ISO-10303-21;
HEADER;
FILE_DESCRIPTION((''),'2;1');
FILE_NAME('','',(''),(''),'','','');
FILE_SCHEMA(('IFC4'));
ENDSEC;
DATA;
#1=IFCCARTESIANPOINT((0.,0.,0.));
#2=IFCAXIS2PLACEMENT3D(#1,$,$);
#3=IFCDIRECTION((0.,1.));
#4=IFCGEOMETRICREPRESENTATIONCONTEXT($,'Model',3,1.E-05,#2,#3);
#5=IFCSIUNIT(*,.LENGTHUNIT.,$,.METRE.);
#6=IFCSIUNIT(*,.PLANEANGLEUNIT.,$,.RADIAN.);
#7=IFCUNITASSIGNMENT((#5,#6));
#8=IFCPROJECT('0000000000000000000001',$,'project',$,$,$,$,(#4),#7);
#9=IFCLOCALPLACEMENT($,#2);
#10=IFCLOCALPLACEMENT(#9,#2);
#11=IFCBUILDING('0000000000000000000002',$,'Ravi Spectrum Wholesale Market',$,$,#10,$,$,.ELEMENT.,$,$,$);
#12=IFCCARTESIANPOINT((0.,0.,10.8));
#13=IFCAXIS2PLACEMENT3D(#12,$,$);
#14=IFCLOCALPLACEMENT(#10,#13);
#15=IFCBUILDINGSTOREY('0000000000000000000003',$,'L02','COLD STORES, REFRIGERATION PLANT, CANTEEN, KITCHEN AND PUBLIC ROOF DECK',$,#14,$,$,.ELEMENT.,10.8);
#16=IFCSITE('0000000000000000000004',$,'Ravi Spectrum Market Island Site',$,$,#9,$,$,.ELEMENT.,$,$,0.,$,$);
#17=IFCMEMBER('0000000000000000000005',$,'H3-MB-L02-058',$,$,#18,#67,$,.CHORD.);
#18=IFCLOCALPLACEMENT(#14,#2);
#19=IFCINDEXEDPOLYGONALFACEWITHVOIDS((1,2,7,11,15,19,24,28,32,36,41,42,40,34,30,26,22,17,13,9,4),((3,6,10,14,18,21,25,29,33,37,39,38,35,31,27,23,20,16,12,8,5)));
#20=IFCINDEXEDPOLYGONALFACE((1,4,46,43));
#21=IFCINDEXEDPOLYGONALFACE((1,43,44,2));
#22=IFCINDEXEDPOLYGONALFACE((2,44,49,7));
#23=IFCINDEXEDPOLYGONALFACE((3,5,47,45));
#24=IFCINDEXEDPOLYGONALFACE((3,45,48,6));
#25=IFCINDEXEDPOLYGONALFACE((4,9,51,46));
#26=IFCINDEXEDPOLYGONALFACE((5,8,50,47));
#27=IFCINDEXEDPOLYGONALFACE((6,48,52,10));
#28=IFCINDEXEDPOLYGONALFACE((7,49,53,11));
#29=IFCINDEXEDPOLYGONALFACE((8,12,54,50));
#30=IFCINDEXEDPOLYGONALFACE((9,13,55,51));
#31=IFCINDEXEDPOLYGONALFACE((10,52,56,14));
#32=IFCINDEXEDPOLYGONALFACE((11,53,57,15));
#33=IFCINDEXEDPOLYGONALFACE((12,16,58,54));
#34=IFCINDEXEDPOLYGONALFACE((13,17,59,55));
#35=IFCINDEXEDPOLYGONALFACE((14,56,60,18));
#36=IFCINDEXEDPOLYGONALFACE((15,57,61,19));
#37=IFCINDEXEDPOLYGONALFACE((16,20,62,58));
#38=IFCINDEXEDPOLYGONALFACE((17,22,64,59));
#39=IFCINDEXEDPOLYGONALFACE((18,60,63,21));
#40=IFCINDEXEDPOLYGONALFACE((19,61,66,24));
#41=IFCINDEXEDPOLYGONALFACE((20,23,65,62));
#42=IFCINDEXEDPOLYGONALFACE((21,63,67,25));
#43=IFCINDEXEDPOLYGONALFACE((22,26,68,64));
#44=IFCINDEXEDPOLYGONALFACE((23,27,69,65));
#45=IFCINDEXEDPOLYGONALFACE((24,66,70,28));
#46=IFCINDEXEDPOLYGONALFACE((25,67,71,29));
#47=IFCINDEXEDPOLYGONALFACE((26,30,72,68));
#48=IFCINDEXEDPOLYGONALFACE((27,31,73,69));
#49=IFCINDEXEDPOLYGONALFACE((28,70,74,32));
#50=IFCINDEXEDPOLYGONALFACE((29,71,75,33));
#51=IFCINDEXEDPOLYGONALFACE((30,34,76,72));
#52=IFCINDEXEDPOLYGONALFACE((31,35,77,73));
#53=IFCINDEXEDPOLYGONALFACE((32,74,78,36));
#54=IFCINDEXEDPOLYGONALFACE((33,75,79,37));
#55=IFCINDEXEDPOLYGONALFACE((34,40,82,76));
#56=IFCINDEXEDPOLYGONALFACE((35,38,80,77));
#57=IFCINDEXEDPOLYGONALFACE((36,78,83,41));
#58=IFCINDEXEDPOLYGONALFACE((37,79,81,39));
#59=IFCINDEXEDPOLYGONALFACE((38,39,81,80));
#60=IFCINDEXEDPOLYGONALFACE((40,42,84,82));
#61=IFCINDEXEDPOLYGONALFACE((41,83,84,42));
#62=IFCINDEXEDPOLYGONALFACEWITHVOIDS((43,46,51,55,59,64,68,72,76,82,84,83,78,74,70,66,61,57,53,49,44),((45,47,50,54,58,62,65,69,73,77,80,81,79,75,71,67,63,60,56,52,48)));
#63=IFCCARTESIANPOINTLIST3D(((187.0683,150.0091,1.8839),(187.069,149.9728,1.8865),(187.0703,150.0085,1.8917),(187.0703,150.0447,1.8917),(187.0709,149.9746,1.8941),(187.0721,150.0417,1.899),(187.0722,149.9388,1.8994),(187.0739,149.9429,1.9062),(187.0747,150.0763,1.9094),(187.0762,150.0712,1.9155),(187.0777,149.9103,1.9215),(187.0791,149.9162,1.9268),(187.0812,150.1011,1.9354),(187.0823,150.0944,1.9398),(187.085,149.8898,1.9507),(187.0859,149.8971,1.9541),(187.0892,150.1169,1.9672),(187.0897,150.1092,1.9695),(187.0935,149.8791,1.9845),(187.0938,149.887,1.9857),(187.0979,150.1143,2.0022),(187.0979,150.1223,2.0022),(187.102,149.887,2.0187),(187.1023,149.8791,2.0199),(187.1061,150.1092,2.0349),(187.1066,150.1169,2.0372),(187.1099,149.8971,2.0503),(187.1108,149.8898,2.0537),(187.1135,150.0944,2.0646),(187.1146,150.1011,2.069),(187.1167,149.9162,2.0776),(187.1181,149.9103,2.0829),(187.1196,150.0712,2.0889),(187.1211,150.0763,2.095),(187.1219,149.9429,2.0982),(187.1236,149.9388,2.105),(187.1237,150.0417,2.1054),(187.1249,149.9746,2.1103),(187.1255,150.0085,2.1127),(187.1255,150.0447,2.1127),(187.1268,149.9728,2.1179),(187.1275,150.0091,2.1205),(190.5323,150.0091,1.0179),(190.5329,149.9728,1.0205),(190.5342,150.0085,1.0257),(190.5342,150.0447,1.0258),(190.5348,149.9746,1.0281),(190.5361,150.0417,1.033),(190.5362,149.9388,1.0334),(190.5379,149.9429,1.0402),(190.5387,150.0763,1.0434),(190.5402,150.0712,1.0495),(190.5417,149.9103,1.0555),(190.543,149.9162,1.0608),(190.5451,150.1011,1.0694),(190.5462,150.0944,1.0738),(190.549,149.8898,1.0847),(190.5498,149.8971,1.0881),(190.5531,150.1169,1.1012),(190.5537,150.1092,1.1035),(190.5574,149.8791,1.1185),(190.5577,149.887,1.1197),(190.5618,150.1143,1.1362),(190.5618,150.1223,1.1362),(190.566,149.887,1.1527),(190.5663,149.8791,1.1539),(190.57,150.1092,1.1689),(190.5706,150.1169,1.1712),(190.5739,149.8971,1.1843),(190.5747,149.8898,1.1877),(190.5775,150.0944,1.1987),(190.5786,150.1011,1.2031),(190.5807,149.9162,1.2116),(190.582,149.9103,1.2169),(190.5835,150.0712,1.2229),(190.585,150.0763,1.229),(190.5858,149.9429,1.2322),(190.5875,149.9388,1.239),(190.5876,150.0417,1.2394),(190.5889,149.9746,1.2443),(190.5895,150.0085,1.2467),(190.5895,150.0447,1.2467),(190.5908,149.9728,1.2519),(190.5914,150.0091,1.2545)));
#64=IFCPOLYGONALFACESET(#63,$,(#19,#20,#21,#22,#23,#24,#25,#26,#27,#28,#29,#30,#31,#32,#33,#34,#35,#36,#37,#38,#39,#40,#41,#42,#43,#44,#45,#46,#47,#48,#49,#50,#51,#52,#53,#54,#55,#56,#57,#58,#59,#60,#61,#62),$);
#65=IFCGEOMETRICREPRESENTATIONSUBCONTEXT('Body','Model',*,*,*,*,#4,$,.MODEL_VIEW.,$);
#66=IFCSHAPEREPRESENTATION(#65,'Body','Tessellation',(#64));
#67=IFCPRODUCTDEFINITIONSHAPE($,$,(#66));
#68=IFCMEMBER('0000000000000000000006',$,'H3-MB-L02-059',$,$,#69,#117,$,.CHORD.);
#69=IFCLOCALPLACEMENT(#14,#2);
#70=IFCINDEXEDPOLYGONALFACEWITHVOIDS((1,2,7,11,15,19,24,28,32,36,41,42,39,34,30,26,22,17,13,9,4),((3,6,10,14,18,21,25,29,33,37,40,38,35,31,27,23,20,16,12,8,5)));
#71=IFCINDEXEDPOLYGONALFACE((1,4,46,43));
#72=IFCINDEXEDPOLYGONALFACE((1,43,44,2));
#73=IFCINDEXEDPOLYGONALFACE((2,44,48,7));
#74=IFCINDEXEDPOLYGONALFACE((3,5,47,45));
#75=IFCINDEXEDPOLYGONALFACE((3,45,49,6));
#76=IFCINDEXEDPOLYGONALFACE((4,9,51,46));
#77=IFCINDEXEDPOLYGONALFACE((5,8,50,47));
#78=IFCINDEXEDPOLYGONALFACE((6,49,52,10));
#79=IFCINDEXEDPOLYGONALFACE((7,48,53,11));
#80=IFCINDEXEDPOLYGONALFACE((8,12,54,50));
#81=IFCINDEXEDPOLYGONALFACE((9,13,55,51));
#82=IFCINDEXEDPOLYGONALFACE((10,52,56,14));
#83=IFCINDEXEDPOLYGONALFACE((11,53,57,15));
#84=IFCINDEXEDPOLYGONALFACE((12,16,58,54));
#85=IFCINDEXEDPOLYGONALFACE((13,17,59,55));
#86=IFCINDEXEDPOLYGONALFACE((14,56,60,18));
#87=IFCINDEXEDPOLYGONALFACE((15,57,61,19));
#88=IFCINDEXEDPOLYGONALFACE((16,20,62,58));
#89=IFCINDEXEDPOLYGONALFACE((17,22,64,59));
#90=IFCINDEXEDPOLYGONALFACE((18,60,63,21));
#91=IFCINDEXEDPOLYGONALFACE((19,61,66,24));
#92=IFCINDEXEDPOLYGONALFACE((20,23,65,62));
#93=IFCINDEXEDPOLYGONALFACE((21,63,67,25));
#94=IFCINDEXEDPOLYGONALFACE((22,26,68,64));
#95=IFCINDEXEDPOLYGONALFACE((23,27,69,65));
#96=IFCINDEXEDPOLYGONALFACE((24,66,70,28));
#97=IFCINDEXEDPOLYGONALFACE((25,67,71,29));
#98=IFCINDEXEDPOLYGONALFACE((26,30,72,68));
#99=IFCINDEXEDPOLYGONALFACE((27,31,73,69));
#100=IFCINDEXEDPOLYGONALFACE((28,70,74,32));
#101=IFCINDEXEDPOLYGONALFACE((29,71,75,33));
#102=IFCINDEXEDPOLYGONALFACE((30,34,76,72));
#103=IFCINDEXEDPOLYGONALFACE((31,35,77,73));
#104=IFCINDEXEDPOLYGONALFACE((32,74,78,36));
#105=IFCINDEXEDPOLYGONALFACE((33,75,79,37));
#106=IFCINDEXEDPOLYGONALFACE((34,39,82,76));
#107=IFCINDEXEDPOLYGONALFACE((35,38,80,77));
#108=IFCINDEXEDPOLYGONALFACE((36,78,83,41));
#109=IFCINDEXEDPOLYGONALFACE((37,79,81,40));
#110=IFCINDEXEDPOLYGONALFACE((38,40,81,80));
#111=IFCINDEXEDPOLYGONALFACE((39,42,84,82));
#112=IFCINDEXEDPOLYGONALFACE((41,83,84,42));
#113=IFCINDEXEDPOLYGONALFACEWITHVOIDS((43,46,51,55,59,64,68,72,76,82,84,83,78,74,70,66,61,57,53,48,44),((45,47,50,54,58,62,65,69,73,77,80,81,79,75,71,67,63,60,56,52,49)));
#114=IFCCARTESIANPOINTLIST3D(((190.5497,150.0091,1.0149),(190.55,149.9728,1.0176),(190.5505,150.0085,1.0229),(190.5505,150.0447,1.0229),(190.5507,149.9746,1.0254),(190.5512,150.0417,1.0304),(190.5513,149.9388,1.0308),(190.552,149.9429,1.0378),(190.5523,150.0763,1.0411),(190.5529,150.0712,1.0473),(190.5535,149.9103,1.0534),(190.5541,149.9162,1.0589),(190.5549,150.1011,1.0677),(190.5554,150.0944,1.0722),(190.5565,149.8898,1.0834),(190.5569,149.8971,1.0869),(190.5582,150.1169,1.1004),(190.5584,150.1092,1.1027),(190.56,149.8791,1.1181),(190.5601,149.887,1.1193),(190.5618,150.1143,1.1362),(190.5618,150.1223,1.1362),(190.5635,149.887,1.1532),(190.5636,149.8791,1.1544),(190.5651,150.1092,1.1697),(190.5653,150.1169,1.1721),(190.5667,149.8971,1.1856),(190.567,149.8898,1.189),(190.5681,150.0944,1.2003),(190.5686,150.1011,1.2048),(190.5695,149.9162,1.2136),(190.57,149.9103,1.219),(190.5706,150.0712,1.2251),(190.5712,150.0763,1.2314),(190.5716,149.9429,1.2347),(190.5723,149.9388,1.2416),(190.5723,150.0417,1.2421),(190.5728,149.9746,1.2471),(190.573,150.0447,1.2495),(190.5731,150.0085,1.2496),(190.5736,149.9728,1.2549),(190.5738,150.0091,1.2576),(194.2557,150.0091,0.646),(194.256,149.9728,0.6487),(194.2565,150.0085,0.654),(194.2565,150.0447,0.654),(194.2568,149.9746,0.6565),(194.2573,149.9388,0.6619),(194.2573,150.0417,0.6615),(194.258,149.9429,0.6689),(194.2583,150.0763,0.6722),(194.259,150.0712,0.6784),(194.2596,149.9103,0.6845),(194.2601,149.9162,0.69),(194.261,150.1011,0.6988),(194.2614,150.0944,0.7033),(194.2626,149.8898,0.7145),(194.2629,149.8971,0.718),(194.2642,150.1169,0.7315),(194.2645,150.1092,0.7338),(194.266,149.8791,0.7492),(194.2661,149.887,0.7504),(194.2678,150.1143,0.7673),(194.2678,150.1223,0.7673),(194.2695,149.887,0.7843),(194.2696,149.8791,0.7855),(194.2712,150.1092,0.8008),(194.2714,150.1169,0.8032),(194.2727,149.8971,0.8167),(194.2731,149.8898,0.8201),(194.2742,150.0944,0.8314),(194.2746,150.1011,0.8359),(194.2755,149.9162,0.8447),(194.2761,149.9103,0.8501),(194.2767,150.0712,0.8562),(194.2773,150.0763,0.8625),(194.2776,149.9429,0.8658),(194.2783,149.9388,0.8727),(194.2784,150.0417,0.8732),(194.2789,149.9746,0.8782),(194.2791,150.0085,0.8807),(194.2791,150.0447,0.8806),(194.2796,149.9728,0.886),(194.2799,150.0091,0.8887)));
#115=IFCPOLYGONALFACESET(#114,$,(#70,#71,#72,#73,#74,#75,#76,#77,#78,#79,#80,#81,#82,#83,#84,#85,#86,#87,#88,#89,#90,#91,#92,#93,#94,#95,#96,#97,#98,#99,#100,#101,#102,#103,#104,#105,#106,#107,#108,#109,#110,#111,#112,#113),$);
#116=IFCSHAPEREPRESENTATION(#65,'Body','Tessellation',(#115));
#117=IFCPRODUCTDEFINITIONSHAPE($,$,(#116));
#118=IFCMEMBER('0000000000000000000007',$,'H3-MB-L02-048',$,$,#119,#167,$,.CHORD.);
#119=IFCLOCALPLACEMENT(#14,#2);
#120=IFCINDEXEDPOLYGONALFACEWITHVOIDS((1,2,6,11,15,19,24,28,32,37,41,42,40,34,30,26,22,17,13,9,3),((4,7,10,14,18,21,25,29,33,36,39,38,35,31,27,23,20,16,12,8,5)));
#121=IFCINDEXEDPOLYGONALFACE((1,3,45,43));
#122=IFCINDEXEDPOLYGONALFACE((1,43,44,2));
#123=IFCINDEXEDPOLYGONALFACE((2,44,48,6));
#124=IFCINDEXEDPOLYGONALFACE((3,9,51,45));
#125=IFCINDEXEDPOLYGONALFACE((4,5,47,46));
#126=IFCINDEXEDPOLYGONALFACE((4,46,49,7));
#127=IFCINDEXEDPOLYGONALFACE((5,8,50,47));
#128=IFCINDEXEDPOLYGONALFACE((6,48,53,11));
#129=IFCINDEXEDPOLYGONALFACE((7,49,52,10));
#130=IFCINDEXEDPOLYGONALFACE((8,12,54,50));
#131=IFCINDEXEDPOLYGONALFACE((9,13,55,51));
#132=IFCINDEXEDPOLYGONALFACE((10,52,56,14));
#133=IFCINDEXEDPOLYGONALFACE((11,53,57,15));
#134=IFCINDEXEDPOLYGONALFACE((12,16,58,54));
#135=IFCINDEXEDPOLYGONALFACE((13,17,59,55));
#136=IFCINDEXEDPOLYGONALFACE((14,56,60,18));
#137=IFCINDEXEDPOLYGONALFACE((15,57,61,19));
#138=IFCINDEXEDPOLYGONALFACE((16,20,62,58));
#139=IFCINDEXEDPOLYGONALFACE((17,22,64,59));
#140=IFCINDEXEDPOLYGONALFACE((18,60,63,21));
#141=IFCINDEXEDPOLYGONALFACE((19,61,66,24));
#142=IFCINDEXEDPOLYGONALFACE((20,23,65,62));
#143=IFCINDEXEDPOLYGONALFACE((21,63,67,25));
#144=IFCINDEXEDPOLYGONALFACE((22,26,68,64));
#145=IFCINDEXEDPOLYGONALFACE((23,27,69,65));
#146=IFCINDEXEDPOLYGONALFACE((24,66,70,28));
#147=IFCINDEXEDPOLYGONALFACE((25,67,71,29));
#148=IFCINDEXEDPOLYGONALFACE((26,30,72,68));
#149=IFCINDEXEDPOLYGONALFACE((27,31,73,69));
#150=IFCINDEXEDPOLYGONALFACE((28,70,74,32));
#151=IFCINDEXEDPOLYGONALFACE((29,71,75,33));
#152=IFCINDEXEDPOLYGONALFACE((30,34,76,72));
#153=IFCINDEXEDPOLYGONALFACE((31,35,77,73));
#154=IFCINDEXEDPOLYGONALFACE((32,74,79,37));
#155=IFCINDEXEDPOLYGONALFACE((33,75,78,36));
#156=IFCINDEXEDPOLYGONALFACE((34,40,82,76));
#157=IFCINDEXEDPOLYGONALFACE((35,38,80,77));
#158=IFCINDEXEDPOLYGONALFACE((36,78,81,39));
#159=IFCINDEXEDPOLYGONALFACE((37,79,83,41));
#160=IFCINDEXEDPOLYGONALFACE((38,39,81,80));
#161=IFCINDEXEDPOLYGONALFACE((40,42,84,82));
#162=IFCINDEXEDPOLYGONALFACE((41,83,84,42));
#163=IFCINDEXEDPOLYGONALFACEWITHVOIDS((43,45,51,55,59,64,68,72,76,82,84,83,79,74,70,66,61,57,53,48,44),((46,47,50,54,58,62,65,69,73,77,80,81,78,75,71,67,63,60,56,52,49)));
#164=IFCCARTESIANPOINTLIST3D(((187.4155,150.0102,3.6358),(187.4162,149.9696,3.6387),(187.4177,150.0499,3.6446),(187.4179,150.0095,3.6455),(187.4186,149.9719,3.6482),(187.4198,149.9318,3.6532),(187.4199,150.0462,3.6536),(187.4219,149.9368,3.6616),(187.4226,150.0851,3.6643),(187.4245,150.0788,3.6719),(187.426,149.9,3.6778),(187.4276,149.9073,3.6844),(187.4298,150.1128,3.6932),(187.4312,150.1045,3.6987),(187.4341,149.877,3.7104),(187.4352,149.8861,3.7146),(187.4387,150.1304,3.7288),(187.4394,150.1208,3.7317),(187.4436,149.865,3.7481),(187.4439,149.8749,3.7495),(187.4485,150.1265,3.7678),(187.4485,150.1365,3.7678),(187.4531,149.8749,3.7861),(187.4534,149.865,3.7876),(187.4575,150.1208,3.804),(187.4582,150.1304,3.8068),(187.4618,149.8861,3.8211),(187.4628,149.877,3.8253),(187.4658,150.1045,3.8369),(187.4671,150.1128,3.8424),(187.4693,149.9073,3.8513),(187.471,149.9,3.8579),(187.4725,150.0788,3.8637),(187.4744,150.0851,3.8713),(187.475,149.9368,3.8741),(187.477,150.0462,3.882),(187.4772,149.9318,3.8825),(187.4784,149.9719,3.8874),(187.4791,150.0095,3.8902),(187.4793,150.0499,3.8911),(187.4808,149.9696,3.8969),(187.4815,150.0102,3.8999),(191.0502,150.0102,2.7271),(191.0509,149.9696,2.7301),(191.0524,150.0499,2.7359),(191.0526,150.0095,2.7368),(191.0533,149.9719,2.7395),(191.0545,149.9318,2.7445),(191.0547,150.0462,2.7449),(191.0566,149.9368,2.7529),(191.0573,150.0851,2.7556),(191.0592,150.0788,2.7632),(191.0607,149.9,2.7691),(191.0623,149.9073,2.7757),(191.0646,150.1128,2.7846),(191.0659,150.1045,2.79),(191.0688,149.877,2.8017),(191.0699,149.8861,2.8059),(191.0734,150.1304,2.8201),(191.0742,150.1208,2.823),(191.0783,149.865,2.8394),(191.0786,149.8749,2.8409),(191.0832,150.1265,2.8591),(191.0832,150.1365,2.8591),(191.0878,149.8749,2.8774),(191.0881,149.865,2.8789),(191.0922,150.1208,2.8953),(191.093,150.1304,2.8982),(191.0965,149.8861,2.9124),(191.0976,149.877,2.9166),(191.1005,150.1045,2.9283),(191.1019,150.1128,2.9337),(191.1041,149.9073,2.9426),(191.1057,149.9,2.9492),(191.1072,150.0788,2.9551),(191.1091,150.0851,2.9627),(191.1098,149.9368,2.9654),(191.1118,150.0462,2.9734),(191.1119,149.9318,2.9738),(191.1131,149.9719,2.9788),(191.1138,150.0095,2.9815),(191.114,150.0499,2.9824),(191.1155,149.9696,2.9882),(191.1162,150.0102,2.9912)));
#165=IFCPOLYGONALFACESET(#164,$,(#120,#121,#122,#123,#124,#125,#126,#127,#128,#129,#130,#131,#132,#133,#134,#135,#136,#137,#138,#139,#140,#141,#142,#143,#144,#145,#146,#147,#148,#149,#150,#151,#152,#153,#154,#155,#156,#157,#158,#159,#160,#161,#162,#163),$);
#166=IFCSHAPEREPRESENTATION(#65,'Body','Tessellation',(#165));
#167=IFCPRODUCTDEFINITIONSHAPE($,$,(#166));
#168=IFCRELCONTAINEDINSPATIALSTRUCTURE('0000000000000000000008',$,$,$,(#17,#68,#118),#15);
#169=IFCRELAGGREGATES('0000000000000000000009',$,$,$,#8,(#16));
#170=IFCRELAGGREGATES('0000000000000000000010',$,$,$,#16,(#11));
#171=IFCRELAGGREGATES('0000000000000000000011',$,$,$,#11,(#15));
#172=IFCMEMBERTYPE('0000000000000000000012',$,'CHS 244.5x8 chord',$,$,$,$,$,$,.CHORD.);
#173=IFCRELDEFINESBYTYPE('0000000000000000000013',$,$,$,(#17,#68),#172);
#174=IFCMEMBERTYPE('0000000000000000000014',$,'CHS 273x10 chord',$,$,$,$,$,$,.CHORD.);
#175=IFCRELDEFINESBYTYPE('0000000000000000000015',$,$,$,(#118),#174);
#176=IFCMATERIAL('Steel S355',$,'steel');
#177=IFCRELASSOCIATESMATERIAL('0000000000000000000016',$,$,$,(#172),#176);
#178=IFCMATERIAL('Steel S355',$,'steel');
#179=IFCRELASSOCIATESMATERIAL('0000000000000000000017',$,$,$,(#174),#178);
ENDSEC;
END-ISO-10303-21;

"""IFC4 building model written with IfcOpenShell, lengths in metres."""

from ifc_helpers import new_model, si_unit, direction, frame, origin, origin_2d, place, context, subcontext, project, spatial, hollow_circle, extrude, material, material_profile, profile_set, type_object, element, save


model = new_model("IFC4")

# Units and contexts
model_context = context("Model", 3, precision=1e-05, world=origin(), true_north=direction((0.0, 1.0)))
body_context = subcontext(model_context, "Body", "Model", "MODEL_VIEW")
ifc_project = project(units=[si_unit("LENGTHUNIT", "METRE"), si_unit("PLANEANGLEUNIT", "RADIAN")], contexts=[model_context])

# Site, building, storey
site_placement = place(None, origin())
site = spatial("IfcSite", under=ifc_project, at=site_placement, Name="Ravi Spectrum Market Island Site", CompositionType="ELEMENT", RefElevation=0.0)
building_placement = place(site_placement, origin())
building = spatial("IfcBuilding", under=site, at=building_placement, Name="Ravi Spectrum Wholesale Market", CompositionType="ELEMENT")
storey_placement = place(building_placement, frame((0.0, 0.0, 10.8)))
storey = spatial("IfcBuildingStorey", under=building, at=storey_placement, Name="L02", Description="COLD STORES, REFRIGERATION PLANT, CANTEEN, KITCHEN AND PUBLIC ROOF DECK", CompositionType="ELEMENT", Elevation=10.8)

# Members
ifc_material_1 = material(Name="Steel S355", Category="steel")
ifc_material_profile_1 = material_profile(ifc_material_1, hollow_circle(Radius=0.1223, WallThickness=0.0081, at=origin_2d()))
ifc_profile_set_1 = profile_set([ifc_material_profile_1], Name="Steel S355")
member_type_1 = type_object("IfcMemberType", Name="CHS 244.5x8 chord", PredefinedType="CHORD", material=ifc_profile_set_1)
member_1_placement = place(storey_placement, frame((187.0979, 150.0, 2.0022), z_axis=(0.970143, 0.0, -0.242536), x_axis=(0.0, 1.0, 0.0)))
element("IfcMember", 1, at=member_1_placement, inside=storey, type_object=member_type_1, Name="H3-MB-L02-058", PredefinedType="CHORD", context=body_context, shape_type="SweptSolid", body=[
    extrude(hollow_circle(Radius=0.1223, WallThickness=0.0081, at=origin_2d()), origin(), (0.0, 0.0, 1.0), 3.5706),
])
member_2_placement = place(storey_placement, frame((190.5618, 150.0, 1.1362), z_axis=(0.995083, 0.0, -0.099049), x_axis=(0.0, 1.0, 0.0)))
element("IfcMember", 2, at=member_2_placement, inside=storey, type_object=member_type_1, Name="H3-MB-L02-059", PredefinedType="CHORD", context=body_context, shape_type="SweptSolid", body=[
    extrude(hollow_circle(Radius=0.1223, WallThickness=0.0081, at=origin_2d()), origin(), (0.0, 0.0, 1.0), 3.7244),
])
ifc_material_2 = material(Name="Steel S355", Category="steel")
ifc_material_profile_2 = material_profile(ifc_material_2, hollow_circle(Radius=0.1365, WallThickness=0.01, at=origin_2d()))
ifc_profile_set_2 = profile_set([ifc_material_profile_2], Name="Steel S355")
member_type_2 = type_object("IfcMemberType", Name="CHS 273x10 chord", PredefinedType="CHORD", material=ifc_profile_set_2)
member_3_placement = place(storey_placement, frame((187.4485, 150.0, 3.7678), z_axis=(0.970143, 0.0, -0.242536), x_axis=(0.0, 1.0, 0.0)))
element("IfcMember", 3, at=member_3_placement, inside=storey, type_object=member_type_2, Name="H3-MB-L02-048", PredefinedType="CHORD", context=body_context, shape_type="SweptSolid", body=[
    extrude(hollow_circle(Radius=0.1365, WallThickness=0.01, at=origin_2d()), origin(), (0.0, 0.0, 1.0), 3.7466),
])

save(model, "model.ifc")
